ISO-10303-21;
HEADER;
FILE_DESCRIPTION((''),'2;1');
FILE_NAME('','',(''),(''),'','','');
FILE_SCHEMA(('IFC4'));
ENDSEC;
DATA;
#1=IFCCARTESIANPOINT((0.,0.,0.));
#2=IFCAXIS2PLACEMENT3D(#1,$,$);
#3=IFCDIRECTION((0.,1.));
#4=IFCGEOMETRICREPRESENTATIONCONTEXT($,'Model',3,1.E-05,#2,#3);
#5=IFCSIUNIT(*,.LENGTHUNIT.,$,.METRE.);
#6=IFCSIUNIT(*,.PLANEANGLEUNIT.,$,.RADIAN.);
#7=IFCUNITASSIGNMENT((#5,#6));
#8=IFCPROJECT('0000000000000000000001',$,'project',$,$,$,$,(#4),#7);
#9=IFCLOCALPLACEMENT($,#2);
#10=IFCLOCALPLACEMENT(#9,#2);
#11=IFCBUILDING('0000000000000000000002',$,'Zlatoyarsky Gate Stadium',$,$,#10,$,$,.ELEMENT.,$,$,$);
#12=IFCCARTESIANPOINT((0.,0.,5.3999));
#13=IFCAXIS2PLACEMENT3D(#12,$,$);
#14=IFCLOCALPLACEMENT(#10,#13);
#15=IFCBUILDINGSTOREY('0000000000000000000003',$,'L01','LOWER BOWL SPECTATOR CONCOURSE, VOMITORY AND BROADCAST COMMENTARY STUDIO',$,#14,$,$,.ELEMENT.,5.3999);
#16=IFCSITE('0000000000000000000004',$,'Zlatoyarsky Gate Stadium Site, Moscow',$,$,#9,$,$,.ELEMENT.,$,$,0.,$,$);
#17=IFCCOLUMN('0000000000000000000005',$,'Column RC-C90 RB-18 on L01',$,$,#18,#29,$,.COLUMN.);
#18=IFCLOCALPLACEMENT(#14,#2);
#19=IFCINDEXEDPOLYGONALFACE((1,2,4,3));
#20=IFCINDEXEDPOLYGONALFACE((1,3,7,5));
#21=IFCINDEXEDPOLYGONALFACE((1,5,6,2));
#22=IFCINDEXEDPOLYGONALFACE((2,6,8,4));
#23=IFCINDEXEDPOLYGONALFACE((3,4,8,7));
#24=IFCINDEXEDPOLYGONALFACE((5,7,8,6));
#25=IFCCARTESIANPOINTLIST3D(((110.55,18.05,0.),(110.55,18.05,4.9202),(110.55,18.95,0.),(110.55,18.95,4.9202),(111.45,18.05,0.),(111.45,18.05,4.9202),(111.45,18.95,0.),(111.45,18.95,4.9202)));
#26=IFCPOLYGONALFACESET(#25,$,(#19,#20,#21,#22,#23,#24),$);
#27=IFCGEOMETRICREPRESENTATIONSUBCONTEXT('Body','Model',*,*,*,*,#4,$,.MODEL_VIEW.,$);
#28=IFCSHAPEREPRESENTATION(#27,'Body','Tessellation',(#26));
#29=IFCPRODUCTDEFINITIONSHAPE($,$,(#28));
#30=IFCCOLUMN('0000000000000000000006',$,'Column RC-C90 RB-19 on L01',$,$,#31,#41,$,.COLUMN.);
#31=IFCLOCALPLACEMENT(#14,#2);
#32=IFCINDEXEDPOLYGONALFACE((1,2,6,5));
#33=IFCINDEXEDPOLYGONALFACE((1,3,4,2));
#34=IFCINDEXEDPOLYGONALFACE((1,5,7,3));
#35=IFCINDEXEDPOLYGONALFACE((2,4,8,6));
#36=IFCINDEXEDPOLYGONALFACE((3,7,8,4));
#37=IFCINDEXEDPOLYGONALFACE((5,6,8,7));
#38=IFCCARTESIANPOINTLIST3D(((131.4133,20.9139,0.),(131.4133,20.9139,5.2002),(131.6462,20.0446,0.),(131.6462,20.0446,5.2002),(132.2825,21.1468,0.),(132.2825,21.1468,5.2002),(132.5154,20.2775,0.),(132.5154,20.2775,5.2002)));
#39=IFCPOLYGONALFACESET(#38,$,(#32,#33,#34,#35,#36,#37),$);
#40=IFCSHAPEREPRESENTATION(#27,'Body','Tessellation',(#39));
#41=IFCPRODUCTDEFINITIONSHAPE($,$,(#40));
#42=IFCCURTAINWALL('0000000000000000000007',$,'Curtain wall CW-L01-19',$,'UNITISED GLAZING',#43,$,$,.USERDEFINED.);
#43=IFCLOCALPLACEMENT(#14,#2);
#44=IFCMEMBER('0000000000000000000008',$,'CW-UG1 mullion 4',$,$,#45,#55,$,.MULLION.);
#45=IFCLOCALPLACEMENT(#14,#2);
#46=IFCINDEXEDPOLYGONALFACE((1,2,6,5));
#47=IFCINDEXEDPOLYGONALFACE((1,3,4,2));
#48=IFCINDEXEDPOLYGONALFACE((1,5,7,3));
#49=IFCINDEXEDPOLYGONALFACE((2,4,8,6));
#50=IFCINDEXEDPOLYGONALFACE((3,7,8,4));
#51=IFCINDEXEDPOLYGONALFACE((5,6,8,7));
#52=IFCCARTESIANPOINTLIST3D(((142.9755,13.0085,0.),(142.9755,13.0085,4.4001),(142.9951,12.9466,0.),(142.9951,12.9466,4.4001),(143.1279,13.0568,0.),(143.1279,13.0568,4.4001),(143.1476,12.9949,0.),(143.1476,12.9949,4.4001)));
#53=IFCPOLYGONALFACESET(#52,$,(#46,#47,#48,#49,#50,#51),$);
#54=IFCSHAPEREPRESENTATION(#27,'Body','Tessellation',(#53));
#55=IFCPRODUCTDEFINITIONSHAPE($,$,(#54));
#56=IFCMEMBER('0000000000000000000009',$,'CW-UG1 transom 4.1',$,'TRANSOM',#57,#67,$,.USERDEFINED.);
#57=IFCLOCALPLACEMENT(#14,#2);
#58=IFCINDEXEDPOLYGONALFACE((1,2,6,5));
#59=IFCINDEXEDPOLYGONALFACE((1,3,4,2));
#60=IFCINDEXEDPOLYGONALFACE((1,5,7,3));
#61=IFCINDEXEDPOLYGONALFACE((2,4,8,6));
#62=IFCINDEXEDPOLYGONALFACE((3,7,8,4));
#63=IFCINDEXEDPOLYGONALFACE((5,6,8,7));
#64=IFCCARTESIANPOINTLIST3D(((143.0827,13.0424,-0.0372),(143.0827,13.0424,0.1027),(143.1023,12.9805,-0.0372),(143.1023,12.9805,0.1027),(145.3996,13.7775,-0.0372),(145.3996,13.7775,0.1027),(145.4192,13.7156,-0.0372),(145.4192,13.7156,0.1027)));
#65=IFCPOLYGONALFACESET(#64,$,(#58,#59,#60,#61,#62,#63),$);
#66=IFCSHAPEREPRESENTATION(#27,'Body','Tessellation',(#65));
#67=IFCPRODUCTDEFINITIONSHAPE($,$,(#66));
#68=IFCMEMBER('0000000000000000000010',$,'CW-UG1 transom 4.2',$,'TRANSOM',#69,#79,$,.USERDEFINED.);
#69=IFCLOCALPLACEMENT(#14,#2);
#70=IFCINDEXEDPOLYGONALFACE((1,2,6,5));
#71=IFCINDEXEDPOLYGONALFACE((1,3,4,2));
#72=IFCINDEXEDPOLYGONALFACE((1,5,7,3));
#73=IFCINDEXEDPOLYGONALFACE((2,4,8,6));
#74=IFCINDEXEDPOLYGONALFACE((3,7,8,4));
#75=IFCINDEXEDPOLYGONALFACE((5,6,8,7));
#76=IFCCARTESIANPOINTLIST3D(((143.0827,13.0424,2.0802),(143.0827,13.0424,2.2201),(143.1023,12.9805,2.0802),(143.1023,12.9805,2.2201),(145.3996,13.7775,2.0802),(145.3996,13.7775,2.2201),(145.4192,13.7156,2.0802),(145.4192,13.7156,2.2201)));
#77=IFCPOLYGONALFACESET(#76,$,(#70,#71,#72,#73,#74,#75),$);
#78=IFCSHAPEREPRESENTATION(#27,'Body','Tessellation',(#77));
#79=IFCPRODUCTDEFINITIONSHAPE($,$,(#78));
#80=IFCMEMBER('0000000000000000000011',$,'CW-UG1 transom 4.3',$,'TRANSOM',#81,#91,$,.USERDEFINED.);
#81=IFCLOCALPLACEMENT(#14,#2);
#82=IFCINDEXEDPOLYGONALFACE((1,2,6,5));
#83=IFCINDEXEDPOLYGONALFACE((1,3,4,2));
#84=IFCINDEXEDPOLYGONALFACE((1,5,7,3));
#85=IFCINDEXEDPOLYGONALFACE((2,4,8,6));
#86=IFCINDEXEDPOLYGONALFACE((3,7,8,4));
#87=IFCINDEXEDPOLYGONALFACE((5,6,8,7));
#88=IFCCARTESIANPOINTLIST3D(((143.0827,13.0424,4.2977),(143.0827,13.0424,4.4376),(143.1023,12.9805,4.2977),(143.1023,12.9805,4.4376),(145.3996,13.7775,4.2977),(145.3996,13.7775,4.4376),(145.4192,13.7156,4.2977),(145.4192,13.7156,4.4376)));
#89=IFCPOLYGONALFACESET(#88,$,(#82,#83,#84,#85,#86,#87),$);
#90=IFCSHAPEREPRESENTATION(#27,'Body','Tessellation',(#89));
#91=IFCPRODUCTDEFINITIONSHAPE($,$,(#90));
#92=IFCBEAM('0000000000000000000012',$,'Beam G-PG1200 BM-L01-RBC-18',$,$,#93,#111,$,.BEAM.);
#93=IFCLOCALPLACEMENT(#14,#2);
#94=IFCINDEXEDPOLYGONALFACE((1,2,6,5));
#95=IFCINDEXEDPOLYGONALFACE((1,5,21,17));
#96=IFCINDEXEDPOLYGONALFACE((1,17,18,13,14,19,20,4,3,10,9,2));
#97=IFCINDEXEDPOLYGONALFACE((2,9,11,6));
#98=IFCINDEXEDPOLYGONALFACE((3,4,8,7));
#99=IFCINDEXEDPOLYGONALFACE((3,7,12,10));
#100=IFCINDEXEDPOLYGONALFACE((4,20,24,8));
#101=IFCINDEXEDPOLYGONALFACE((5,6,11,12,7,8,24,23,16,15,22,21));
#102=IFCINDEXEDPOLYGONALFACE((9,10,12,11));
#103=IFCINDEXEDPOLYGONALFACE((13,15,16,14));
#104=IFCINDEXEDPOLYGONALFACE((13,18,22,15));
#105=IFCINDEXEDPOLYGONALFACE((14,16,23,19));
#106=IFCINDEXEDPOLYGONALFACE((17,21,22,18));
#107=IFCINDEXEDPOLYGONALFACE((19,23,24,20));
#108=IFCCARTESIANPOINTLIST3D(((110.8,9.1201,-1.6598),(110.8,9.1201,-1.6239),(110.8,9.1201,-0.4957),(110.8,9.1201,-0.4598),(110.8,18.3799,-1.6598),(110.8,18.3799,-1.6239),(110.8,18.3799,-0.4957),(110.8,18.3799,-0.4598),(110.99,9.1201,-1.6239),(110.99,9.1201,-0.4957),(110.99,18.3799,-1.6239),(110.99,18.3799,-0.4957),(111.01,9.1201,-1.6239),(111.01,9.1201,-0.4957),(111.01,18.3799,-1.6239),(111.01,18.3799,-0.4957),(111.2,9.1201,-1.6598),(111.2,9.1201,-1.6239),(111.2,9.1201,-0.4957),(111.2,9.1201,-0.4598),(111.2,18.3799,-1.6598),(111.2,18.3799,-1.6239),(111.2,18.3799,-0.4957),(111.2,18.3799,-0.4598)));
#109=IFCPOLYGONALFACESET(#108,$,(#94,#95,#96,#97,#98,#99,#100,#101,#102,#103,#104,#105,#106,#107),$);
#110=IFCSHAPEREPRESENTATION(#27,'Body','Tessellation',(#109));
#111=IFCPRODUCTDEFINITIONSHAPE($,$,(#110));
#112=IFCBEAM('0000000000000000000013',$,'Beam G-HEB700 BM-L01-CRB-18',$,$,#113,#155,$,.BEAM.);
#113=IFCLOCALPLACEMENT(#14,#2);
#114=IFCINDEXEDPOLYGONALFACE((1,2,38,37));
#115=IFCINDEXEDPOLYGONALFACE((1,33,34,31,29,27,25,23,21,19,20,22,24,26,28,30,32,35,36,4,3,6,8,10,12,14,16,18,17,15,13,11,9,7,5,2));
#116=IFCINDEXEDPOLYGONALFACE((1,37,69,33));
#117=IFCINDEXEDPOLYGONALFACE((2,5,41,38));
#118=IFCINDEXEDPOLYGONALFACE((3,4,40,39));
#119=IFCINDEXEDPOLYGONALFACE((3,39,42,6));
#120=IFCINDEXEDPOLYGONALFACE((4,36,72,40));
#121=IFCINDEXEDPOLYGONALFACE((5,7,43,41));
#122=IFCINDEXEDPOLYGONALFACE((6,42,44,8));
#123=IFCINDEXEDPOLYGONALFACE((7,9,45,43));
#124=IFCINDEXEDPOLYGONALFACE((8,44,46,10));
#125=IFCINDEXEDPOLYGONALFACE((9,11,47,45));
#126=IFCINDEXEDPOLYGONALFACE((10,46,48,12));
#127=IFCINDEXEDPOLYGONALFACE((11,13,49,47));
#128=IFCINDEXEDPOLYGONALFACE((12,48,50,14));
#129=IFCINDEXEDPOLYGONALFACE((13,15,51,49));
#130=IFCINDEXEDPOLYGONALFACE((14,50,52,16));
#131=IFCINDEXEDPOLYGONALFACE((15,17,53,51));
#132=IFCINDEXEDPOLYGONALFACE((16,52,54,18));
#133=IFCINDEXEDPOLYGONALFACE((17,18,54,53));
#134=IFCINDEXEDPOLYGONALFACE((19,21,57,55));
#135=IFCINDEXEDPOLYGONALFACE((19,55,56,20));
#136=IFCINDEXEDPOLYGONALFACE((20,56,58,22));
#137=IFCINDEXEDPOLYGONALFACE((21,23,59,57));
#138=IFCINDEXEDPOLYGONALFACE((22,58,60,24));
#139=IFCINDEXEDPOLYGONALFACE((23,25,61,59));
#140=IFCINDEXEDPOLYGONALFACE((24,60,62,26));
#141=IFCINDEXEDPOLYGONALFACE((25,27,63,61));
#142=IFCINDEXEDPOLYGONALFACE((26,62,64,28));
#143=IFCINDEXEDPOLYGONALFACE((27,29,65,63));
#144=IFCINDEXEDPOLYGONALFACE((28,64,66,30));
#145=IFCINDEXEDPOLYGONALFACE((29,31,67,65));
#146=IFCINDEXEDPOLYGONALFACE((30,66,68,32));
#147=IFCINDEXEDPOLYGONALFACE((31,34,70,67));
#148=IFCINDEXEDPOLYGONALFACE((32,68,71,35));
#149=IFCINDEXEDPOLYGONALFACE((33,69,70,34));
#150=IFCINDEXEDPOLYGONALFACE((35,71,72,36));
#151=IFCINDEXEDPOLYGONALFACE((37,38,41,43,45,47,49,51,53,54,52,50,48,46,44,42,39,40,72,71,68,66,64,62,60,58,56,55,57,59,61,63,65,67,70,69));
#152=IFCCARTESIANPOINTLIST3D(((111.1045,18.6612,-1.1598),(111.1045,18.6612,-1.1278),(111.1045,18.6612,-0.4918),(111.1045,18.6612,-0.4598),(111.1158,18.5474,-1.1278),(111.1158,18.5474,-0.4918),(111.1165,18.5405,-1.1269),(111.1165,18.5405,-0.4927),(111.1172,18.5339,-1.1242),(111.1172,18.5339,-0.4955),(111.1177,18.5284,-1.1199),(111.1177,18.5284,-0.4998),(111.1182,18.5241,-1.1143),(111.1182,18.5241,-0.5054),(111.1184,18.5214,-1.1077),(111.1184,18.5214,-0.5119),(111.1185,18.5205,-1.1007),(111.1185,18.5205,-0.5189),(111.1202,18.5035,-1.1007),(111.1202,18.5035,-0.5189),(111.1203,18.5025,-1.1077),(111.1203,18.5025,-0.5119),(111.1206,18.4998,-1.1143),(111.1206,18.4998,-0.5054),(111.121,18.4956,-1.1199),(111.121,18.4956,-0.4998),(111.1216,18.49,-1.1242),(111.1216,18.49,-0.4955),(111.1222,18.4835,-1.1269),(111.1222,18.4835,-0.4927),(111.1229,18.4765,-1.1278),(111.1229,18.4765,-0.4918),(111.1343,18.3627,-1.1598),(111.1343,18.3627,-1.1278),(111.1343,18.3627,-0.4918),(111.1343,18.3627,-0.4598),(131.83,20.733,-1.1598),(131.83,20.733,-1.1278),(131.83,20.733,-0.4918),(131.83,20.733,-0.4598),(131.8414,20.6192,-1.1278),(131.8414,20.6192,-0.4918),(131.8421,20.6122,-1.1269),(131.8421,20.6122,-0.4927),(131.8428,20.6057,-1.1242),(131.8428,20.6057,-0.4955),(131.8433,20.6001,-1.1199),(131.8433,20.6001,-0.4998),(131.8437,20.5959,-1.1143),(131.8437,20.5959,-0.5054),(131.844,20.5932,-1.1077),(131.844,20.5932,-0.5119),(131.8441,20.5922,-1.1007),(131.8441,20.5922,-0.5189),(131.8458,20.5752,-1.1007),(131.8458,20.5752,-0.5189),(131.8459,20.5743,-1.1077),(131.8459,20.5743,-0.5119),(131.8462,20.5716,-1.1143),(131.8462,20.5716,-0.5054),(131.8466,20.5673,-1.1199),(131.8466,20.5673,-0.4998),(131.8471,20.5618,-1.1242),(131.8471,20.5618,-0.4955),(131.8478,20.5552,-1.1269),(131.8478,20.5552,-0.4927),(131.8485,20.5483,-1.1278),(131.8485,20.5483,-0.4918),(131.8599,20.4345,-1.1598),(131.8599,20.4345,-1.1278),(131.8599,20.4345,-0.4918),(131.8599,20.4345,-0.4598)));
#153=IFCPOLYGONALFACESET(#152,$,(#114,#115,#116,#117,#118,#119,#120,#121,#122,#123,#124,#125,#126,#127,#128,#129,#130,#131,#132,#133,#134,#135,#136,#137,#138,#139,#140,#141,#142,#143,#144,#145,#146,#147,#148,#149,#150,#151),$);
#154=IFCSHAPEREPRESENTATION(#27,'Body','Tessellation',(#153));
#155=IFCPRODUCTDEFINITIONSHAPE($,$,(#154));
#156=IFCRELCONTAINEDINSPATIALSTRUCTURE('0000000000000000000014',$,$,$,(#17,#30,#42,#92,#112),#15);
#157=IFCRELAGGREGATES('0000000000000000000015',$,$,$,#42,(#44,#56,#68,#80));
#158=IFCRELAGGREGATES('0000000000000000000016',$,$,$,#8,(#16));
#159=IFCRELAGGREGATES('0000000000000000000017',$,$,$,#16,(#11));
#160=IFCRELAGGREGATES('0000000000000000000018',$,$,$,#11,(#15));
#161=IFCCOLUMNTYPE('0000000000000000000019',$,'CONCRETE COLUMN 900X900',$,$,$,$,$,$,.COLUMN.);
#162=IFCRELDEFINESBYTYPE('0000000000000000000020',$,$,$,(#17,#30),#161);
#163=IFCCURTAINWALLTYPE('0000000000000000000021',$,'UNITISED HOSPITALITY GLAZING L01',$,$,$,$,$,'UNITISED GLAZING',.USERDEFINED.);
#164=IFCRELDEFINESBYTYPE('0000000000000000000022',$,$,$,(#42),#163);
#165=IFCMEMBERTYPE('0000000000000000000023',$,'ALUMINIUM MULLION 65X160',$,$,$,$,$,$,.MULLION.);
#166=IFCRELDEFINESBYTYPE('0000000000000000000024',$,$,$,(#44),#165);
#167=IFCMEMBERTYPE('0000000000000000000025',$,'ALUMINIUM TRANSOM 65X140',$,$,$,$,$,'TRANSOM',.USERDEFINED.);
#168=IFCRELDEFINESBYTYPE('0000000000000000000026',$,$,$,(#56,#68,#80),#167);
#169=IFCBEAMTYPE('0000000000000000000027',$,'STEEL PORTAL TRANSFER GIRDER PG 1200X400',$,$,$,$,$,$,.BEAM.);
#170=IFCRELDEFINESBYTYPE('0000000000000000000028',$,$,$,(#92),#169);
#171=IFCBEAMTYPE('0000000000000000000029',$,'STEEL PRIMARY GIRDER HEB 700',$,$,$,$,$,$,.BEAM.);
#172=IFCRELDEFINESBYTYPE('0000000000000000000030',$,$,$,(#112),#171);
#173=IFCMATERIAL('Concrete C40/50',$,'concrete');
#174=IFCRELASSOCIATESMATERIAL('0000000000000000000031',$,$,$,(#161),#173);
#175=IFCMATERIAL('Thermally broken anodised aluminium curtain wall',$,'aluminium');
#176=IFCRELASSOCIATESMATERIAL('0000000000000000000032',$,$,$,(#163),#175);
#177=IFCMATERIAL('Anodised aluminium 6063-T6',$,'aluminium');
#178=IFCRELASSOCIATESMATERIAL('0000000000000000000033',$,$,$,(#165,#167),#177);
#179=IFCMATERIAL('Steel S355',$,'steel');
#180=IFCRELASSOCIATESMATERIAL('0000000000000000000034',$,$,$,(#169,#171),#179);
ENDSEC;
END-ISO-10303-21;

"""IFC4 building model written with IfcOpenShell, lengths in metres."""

from ifc_helpers import new_model, si_unit, direction, frame, origin, origin_2d, place, context, subcontext, project, spatial, rectangle, i_section, extrude, material, material_profile, profile_set, type_object, element, aggregate, save


model = new_model("IFC4")

# Units and contexts
model_context = context("Model", 3, precision=1e-05, world=origin(), true_north=direction((0.0, 1.0)))
body_context = subcontext(model_context, "Body", "Model", "MODEL_VIEW")
ifc_project = project(units=[si_unit("LENGTHUNIT", "METRE"), si_unit("PLANEANGLEUNIT", "RADIAN")], contexts=[model_context])

# Site, building, storey
site_placement = place(None, origin())
site = spatial("IfcSite", under=ifc_project, at=site_placement, Name="Zlatoyarsky Gate Stadium Site, Moscow", CompositionType="ELEMENT", RefElevation=0.0)
building_placement = place(site_placement, origin())
building = spatial("IfcBuilding", under=site, at=building_placement, Name="Zlatoyarsky Gate Stadium", CompositionType="ELEMENT")
storey_placement = place(building_placement, frame((0.0, 0.0, 5.3999)))
storey = spatial("IfcBuildingStorey", under=building, at=storey_placement, Name="L01", Description="LOWER BOWL SPECTATOR CONCOURSE, VOMITORY AND BROADCAST COMMENTARY STUDIO", CompositionType="ELEMENT", Elevation=5.3999)

# Columns
ifc_material_1 = material(Name="Concrete C40/50", Category="concrete")
ifc_material_profile_1 = material_profile(ifc_material_1, rectangle(XDim=0.8999, YDim=0.8999, at=origin_2d()), Name="RC COL 900X900")
ifc_profile_set_1 = profile_set([ifc_material_profile_1], Name="Concrete C40/50")
column_type = type_object("IfcColumnType", Name="CONCRETE COLUMN 900X900", PredefinedType="COLUMN", material=ifc_profile_set_1)
column_1_placement = place(storey_placement, frame((111.0, 18.5, 0.0), z_axis=(0.0, 0.0, 1.0), x_axis=(0.0, -1.0, 0.0)))
element("IfcColumn", 1, at=column_1_placement, inside=storey, type_object=column_type, Name="Column RC-C90 RB-18 on L01", PredefinedType="COLUMN", context=body_context, shape_type="SweptSolid", body=[
    extrude(rectangle(XDim=0.8999, YDim=0.8999, at=origin_2d()), origin(), (0.0, 0.0, 1.0), 4.9202),
])
column_2_placement = place(storey_placement, frame((131.9644, 20.5957, 0.0), z_axis=(0.0, 0.0, 1.0), x_axis=(0.258819, -0.965926, 0.0)))
element("IfcColumn", 2, at=column_2_placement, inside=storey, type_object=column_type, Name="Column RC-C90 RB-19 on L01", PredefinedType="COLUMN", context=body_context, shape_type="SweptSolid", body=[
    extrude(rectangle(XDim=0.8999, YDim=0.8999, at=origin_2d()), origin(), (0.0, 0.0, 1.0), 5.2002),
])

# Curtain wall, members
ifc_material_2 = material(Name="Thermally broken anodised aluminium curtain wall", Category="aluminium")
curtain_wall_type = type_object("IfcCurtainWallType", Name="UNITISED HOSPITALITY GLAZING L01", ElementType="UNITISED GLAZING", PredefinedType="USERDEFINED", material=ifc_material_2)
curtain_wall_placement = place(storey_placement, origin())
curtain_wall = element("IfcCurtainWall", 3, at=curtain_wall_placement, inside=storey, type_object=curtain_wall_type, Name="Curtain wall CW-L01-19", ObjectType="UNITISED GLAZING", PredefinedType="USERDEFINED")
ifc_material_3 = material(Name="Anodised aluminium 6063-T6", Category="aluminium")
ifc_material_profile_2 = material_profile(ifc_material_3, rectangle(XDim=0.0649, YDim=0.1599, at=origin_2d()), Name="ALU 65X160")
ifc_profile_set_2 = profile_set([ifc_material_profile_2], Name="Anodised aluminium 6063-T6")
member_type_1 = type_object("IfcMemberType", Name="ALUMINIUM MULLION 65X160", PredefinedType="MULLION", material=ifc_profile_set_2)
member_1_placement = place(storey_placement, frame((143.0615, 13.0017, 0.0), z_axis=(0.0, 0.0, 1.0), x_axis=(-0.302334, 0.953202, 0.0)))
member_1 = element("IfcMember", 4, at=member_1_placement, type_object=member_type_1, Name="CW-UG1 mullion 4", PredefinedType="MULLION", context=body_context, shape_type="SweptSolid", body=[
    extrude(rectangle(XDim=0.0649, YDim=0.1599, at=origin_2d()), origin(), (0.0, 0.0, 1.0), 4.4001),
])
ifc_material_profile_3 = material_profile(ifc_material_3, rectangle(XDim=0.0649, YDim=0.1399, at=origin_2d()), Name="ALU 65X140")
ifc_profile_set_3 = profile_set([ifc_material_profile_3], Name="Anodised aluminium 6063-T6")
member_type_2 = type_object("IfcMemberType", Name="ALUMINIUM TRANSOM 65X140", ElementType="TRANSOM", PredefinedType="USERDEFINED", material=ifc_profile_set_3)
member_2_placement = place(storey_placement, frame((143.0925, 13.0115, 0.0327), z_axis=(0.953173, 0.302424, 0.0), x_axis=(-0.302424, 0.953173, 0.0)))
member_2 = element("IfcMember", 5, at=member_2_placement, type_object=member_type_2, Name="CW-UG1 transom 4.1", ObjectType="TRANSOM", PredefinedType="USERDEFINED", context=body_context, shape_type="SweptSolid", body=[
    extrude(rectangle(XDim=0.0649, YDim=0.1399, at=origin_2d()), origin(), (0.0, 0.0, 1.0), 2.4307),
])
member_3_placement = place(storey_placement, frame((143.0925, 13.0115, 2.1501), z_axis=(0.953173, 0.302424, 0.0), x_axis=(-0.302424, 0.953173, 0.0)))
member_3 = element("IfcMember", 6, at=member_3_placement, type_object=member_type_2, Name="CW-UG1 transom 4.2", ObjectType="TRANSOM", PredefinedType="USERDEFINED", context=body_context, shape_type="SweptSolid", body=[
    extrude(rectangle(XDim=0.0649, YDim=0.1399, at=origin_2d()), origin(), (0.0, 0.0, 1.0), 2.4307),
])
member_4_placement = place(storey_placement, frame((143.0925, 13.0115, 4.3677), z_axis=(0.953173, 0.302424, 0.0), x_axis=(-0.302424, 0.953173, 0.0)))
member_4 = element("IfcMember", 7, at=member_4_placement, type_object=member_type_2, Name="CW-UG1 transom 4.3", ObjectType="TRANSOM", PredefinedType="USERDEFINED", context=body_context, shape_type="SweptSolid", body=[
    extrude(rectangle(XDim=0.0649, YDim=0.1399, at=origin_2d()), origin(), (0.0, 0.0, 1.0), 2.4307),
])

# Beams
ifc_material_4 = material(Name="Steel S355", Category="steel")
ifc_material_profile_4 = material_profile(ifc_material_4, i_section(OverallWidth=0.3999, OverallDepth=1.2, WebThickness=0.02, FlangeThickness=0.0359, at=origin_2d()), Name="PG 1200X400")
ifc_profile_set_4 = profile_set([ifc_material_profile_4], Name="Steel S355")
beam_type_1 = type_object("IfcBeamType", Name="STEEL PORTAL TRANSFER GIRDER PG 1200X400", PredefinedType="BEAM", material=ifc_profile_set_4)
beam_1_placement = place(storey_placement, frame((111.0, 18.3799, -1.0598), z_axis=(0.0, -1.0, 0.0), x_axis=(1.0, 0.0, 0.0)))
element("IfcBeam", 8, at=beam_1_placement, inside=storey, type_object=beam_type_1, Name="Beam G-PG1200 BM-L01-RBC-18", PredefinedType="BEAM", context=body_context, shape_type="SweptSolid", body=[
    extrude(i_section(OverallWidth=0.3999, OverallDepth=1.2, WebThickness=0.02, FlangeThickness=0.0359, at=origin_2d()), origin(), (0.0, 0.0, 1.0), 9.2598),
])
ifc_material_profile_5 = material_profile(ifc_material_4, i_section(OverallWidth=0.3, OverallDepth=0.7, WebThickness=0.0171, FlangeThickness=0.032, FilletRadius=0.0271, at=origin_2d()), Name="HEB 700")
ifc_profile_set_5 = profile_set([ifc_material_profile_5], Name="Steel S355")
beam_type_2 = type_object("IfcBeamType", Name="STEEL PRIMARY GIRDER HEB 700", PredefinedType="BEAM", material=ifc_profile_set_5)
beam_2_placement = place(storey_placement, frame((111.1194, 18.512, -0.8098), z_axis=(0.995041, 0.099467, 0.0), x_axis=(-0.099467, 0.995041, 0.0)))
element("IfcBeam", 9, at=beam_2_placement, inside=storey, type_object=beam_type_2, Name="Beam G-HEB700 BM-L01-CRB-18", PredefinedType="BEAM", context=body_context, shape_type="SweptSolid", body=[
    extrude(i_section(OverallWidth=0.3, OverallDepth=0.7, WebThickness=0.0171, FlangeThickness=0.032, FilletRadius=0.0271, at=origin_2d()), origin(), (0.0, 0.0, 1.0), 20.8289),
])

aggregate(curtain_wall, [member_1, member_2, member_3, member_4])

save(model, "model.ifc")
